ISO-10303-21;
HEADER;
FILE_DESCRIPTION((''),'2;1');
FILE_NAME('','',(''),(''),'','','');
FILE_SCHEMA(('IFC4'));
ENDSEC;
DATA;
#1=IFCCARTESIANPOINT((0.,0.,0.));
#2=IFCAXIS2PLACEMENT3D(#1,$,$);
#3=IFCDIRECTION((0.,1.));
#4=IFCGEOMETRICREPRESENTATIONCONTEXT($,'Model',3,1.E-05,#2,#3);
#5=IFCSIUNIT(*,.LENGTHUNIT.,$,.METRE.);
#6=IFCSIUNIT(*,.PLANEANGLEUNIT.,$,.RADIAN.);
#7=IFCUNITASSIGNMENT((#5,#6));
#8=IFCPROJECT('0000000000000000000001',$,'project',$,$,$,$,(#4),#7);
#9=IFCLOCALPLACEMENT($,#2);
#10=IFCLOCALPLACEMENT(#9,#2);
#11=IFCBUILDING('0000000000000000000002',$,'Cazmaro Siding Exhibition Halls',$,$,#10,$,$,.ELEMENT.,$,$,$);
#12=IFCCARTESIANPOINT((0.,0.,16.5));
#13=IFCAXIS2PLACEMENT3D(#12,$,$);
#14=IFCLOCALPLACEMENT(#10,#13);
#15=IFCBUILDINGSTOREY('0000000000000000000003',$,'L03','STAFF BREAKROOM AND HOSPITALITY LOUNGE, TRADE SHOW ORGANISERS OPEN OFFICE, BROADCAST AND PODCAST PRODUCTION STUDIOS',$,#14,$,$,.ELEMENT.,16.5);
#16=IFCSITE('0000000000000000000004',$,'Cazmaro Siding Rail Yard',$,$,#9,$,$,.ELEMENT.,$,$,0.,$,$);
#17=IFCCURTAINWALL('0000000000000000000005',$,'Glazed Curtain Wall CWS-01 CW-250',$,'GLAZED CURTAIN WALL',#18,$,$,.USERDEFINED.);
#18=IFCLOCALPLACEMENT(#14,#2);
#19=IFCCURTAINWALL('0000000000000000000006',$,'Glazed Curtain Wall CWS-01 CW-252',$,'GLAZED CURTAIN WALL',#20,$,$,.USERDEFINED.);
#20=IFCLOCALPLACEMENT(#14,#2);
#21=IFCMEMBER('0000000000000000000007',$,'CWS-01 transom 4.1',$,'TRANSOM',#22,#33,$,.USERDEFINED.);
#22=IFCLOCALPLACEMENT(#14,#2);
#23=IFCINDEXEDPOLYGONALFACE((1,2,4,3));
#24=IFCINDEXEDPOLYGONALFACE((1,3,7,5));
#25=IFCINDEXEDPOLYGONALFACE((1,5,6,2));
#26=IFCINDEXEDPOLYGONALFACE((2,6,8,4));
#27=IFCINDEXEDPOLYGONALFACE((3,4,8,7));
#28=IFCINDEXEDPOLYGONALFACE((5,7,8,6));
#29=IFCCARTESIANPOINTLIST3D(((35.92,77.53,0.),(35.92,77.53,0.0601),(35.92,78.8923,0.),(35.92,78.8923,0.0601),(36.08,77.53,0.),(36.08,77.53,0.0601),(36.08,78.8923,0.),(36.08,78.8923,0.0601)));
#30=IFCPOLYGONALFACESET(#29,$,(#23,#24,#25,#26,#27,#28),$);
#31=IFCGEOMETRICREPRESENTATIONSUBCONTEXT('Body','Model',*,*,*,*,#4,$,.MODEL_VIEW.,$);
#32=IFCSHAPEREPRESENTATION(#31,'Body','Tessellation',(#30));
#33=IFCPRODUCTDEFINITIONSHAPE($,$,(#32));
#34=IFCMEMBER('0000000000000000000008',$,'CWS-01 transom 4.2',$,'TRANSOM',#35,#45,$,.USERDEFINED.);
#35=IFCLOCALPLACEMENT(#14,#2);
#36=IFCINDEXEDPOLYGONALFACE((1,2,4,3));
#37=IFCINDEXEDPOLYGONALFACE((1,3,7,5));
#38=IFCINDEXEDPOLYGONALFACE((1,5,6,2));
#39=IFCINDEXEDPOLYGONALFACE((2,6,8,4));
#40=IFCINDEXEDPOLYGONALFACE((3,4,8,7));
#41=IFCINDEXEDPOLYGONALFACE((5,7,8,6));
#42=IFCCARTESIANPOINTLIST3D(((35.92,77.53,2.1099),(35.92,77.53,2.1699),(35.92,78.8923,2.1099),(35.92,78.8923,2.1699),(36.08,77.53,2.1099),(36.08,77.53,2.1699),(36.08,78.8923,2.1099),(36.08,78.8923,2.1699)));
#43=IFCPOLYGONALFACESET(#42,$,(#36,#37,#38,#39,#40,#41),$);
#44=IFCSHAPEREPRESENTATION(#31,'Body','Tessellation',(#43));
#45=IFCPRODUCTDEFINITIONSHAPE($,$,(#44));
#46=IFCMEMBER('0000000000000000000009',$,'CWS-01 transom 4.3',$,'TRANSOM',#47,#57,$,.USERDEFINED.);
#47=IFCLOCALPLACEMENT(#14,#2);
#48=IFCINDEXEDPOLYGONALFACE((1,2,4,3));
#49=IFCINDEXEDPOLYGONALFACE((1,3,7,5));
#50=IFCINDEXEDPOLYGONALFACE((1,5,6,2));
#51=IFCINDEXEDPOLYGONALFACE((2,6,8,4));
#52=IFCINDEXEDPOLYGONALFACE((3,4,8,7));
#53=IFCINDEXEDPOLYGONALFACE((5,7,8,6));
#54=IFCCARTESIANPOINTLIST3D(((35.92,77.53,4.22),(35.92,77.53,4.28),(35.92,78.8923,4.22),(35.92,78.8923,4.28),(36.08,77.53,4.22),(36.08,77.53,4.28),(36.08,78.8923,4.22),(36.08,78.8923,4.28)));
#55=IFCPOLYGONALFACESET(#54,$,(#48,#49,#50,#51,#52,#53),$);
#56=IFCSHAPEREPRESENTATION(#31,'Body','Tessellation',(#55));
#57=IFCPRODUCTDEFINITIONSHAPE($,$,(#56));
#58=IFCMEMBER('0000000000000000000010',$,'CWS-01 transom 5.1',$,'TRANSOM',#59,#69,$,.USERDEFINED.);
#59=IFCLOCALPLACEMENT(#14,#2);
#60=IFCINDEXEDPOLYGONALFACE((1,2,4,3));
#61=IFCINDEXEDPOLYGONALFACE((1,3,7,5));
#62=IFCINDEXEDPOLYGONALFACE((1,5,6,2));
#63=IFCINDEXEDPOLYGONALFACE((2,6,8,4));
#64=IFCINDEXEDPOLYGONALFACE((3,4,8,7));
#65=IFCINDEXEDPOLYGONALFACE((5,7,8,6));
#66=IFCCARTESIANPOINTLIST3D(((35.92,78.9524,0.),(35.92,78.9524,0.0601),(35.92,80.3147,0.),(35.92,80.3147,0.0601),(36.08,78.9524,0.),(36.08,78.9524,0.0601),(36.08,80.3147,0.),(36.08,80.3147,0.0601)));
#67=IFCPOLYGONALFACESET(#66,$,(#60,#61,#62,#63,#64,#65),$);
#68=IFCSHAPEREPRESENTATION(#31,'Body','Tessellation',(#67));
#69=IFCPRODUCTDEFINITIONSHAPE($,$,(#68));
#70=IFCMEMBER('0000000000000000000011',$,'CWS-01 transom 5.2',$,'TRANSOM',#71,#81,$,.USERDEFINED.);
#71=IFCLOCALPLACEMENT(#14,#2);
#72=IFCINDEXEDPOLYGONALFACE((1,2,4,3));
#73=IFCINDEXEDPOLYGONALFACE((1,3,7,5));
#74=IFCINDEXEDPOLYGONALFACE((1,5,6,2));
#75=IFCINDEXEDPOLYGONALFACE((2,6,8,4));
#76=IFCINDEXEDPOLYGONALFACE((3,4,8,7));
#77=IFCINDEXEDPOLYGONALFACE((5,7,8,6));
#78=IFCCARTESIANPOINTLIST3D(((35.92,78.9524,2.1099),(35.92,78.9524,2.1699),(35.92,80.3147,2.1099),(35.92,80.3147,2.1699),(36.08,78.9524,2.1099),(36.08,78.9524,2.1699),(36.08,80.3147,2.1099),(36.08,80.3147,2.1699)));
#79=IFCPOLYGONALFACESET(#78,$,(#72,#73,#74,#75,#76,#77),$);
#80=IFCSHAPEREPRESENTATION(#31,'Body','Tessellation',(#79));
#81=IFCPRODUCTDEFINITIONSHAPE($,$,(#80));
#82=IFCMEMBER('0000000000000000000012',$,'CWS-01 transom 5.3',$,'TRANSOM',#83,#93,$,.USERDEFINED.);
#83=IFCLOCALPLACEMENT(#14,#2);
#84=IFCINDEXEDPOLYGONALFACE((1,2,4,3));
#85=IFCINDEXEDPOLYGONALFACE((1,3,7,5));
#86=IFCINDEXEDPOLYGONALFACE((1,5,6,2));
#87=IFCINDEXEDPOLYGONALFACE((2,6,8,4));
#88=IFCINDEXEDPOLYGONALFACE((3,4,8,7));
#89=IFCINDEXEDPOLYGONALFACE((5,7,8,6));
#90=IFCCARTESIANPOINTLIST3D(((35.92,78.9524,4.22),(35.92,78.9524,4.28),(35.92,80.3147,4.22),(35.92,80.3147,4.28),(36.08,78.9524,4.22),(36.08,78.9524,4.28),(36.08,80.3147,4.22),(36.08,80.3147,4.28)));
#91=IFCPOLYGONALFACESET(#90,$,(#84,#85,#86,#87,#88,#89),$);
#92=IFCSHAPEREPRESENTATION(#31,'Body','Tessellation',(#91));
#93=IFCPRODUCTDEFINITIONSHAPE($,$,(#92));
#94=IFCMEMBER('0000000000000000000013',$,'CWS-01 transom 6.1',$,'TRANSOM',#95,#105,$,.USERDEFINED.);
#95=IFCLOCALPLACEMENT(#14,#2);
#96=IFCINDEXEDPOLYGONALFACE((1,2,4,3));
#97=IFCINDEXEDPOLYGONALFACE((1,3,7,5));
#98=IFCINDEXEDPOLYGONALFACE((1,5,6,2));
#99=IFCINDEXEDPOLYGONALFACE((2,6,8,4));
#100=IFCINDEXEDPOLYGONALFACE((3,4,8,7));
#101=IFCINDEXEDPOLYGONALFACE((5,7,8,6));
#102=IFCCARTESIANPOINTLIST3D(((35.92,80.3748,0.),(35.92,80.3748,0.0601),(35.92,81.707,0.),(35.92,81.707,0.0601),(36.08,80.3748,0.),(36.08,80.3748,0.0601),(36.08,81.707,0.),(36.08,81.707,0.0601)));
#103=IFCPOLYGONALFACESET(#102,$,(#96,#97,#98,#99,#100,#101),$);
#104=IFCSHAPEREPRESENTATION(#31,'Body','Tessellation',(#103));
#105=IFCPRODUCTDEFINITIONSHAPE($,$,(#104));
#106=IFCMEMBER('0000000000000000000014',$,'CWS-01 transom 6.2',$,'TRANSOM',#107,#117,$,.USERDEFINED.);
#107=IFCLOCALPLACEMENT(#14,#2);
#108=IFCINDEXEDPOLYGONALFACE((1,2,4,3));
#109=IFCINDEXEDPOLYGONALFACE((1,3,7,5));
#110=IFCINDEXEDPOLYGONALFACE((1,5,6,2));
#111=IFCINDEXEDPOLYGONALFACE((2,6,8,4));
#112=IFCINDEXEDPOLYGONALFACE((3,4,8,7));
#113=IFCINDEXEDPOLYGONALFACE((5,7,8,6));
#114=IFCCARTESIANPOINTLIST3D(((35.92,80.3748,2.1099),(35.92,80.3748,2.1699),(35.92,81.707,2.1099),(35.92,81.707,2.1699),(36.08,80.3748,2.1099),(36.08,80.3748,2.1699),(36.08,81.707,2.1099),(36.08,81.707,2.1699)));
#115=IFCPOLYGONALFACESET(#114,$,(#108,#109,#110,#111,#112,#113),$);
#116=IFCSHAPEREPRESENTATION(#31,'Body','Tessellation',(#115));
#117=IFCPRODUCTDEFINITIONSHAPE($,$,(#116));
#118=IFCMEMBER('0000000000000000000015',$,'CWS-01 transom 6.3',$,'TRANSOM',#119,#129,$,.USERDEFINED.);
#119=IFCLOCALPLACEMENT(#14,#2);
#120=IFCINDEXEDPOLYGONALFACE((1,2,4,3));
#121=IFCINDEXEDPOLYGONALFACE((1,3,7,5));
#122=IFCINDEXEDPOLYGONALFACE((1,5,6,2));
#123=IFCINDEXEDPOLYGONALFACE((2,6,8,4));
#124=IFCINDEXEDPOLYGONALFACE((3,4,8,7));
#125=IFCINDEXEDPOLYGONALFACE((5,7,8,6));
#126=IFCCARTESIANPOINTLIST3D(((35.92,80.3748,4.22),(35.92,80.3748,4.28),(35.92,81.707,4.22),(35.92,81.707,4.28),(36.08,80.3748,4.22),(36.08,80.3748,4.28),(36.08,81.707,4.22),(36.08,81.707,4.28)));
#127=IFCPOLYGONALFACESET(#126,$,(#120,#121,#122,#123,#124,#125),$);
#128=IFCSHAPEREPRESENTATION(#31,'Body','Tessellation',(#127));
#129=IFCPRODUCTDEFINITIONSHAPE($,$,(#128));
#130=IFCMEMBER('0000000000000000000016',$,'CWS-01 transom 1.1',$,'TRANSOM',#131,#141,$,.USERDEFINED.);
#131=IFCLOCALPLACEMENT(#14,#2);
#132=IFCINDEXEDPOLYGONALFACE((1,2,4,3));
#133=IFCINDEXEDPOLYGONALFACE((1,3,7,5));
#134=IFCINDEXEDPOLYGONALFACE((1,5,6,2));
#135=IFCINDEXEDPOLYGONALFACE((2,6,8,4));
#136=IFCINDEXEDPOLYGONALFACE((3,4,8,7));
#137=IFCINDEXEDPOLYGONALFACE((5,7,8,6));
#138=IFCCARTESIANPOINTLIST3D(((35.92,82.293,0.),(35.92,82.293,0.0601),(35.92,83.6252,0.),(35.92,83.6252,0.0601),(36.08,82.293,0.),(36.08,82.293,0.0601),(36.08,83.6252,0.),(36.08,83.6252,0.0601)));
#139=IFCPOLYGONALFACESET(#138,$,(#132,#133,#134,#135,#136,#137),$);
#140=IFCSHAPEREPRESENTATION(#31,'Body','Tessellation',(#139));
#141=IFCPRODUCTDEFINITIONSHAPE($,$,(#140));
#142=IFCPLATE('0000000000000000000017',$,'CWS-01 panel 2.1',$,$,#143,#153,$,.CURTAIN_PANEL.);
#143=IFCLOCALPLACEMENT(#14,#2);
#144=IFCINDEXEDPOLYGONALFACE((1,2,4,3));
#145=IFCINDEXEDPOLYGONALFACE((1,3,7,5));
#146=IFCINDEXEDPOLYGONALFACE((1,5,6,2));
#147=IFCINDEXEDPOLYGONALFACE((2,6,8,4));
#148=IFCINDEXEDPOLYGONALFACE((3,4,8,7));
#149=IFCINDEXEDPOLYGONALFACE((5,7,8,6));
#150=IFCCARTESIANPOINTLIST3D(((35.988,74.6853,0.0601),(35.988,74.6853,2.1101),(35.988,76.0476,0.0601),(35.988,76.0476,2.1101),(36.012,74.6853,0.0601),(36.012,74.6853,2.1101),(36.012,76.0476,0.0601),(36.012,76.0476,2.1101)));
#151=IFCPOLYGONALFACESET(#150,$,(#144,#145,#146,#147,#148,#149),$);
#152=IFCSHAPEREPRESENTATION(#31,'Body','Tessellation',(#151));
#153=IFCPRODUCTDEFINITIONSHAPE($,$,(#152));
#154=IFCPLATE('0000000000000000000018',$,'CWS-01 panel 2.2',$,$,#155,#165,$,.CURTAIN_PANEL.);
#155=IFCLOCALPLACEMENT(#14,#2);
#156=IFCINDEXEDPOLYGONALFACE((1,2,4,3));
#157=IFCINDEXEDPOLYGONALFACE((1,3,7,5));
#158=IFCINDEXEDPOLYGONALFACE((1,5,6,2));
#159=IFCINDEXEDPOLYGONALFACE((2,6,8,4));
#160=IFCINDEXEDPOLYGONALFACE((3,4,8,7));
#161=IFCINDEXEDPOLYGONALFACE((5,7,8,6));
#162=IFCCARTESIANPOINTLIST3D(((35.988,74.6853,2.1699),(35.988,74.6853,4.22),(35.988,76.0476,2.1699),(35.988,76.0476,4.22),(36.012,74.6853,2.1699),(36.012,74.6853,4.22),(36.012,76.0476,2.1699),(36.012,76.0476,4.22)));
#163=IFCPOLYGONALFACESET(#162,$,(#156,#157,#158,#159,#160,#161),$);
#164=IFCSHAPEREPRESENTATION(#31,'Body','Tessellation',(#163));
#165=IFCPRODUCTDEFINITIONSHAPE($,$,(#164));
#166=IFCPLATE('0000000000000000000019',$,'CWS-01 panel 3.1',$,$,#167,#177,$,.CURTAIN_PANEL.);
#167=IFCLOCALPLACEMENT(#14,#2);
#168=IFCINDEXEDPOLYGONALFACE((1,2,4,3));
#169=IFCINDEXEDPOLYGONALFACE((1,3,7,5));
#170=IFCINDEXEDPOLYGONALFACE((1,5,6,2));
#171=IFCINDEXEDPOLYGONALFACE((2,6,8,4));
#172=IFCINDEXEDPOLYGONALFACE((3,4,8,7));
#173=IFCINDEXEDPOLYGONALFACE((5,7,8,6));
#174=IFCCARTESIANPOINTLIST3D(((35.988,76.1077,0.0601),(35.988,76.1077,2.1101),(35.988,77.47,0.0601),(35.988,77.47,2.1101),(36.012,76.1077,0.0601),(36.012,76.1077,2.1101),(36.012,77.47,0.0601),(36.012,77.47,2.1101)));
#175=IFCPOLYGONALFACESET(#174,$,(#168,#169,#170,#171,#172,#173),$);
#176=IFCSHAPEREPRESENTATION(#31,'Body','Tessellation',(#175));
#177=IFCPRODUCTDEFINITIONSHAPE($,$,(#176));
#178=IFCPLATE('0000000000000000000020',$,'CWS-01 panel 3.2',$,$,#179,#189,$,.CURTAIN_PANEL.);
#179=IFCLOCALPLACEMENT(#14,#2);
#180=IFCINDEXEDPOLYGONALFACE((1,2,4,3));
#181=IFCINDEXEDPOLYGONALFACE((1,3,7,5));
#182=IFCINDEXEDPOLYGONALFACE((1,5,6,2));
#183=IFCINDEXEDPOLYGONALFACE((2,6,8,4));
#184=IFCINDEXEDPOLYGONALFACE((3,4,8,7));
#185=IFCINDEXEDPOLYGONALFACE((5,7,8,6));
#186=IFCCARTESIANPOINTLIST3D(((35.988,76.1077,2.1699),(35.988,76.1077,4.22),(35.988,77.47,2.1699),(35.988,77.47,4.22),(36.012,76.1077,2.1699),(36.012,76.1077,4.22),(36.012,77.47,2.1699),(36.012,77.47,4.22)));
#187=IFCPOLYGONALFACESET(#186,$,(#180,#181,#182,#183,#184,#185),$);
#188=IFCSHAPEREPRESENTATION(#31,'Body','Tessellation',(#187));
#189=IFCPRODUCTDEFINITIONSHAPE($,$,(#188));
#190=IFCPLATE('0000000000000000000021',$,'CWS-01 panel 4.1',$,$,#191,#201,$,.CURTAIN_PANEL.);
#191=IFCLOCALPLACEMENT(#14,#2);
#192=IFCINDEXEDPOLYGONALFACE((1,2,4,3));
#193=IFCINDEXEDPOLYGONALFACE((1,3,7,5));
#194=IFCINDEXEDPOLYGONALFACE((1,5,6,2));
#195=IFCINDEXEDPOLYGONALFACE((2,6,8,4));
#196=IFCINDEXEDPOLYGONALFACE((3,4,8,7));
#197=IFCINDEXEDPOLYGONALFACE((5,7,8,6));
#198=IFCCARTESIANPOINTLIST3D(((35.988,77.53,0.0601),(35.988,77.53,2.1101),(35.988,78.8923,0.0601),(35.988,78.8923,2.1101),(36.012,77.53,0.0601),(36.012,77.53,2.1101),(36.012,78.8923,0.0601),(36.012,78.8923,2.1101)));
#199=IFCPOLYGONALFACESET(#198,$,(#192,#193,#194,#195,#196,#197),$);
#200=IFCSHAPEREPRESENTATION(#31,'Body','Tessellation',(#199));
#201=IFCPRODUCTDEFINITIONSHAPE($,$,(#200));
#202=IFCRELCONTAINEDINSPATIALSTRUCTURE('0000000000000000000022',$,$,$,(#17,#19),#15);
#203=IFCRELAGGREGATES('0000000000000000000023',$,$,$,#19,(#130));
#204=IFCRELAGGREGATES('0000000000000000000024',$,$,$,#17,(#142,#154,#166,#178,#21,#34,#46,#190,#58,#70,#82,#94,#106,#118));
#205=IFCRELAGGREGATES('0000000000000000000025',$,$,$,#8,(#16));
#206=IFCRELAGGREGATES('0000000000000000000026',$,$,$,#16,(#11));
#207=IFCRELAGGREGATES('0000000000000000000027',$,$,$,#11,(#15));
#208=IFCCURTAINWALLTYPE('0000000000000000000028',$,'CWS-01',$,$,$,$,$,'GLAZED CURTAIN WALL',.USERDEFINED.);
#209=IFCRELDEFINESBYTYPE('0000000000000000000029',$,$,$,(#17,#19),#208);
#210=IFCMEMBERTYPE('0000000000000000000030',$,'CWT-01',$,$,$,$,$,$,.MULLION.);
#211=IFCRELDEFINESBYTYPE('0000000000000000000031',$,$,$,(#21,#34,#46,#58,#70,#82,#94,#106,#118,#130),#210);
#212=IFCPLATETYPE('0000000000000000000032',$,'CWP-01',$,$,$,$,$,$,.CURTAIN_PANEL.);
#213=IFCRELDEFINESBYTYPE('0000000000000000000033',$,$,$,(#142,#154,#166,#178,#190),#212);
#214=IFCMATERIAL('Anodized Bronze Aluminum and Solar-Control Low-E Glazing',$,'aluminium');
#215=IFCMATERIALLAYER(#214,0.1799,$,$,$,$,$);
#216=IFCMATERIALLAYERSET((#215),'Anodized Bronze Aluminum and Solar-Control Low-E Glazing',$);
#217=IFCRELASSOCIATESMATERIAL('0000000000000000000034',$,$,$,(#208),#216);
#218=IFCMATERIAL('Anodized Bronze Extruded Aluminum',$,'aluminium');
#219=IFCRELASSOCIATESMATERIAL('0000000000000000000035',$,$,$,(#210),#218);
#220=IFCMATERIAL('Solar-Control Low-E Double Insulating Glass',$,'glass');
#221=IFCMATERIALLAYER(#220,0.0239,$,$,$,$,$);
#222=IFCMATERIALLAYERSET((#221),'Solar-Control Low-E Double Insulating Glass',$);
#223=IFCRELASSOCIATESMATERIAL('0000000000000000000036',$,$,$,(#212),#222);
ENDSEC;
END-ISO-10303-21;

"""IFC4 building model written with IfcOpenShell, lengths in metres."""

from ifc_helpers import new_model, si_unit, direction, frame, origin, origin_2d, place, context, subcontext, project, spatial, rectangle, extrude, material, layer, layer_set, material_profile, profile_set, type_object, element, aggregate, save


model = new_model("IFC4")

# Units and contexts
model_context = context("Model", 3, precision=1e-05, world=origin(), true_north=direction((0.0, 1.0)))
body_context = subcontext(model_context, "Body", "Model", "MODEL_VIEW")
ifc_project = project(units=[si_unit("LENGTHUNIT", "METRE"), si_unit("PLANEANGLEUNIT", "RADIAN")], contexts=[model_context])

# Site, building, storey
site_placement = place(None, origin())
site = spatial("IfcSite", under=ifc_project, at=site_placement, Name="Cazmaro Siding Rail Yard", CompositionType="ELEMENT", RefElevation=0.0)
building_placement = place(site_placement, origin())
building = spatial("IfcBuilding", under=site, at=building_placement, Name="Cazmaro Siding Exhibition Halls", CompositionType="ELEMENT")
storey_placement = place(building_placement, frame((0.0, 0.0, 16.5)))
storey = spatial("IfcBuildingStorey", under=building, at=storey_placement, Name="L03", Description="STAFF BREAKROOM AND HOSPITALITY LOUNGE, TRADE SHOW ORGANISERS OPEN OFFICE, BROADCAST AND PODCAST PRODUCTION STUDIOS", CompositionType="ELEMENT", Elevation=16.5)

# Curtain wall
ifc_material_1 = material(Name="Anodized Bronze Aluminum and Solar-Control Low-E Glazing", Category="aluminium")
ifc_layer_1 = layer(ifc_material_1, 0.1799)
ifc_layer_set_1 = layer_set([ifc_layer_1], Name="Anodized Bronze Aluminum and Solar-Control Low-E Glazing")
curtain_wall_type = type_object("IfcCurtainWallType", Name="CWS-01", ElementType="GLAZED CURTAIN WALL", PredefinedType="USERDEFINED", material=ifc_layer_set_1)
curtain_wall_1_placement = place(storey_placement, origin())
curtain_wall_1 = element("IfcCurtainWall", 1, at=curtain_wall_1_placement, inside=storey, type_object=curtain_wall_type, Name="Glazed Curtain Wall CWS-01 CW-250", ObjectType="GLAZED CURTAIN WALL", PredefinedType="USERDEFINED")

# Curtain wall
curtain_wall_2_placement = place(storey_placement, origin())
curtain_wall_2 = element("IfcCurtainWall", 2, at=curtain_wall_2_placement, inside=storey, type_object=curtain_wall_type, Name="Glazed Curtain Wall CWS-01 CW-252", ObjectType="GLAZED CURTAIN WALL", PredefinedType="USERDEFINED")

# Members
ifc_material_2 = material(Name="Anodized Bronze Extruded Aluminum", Category="aluminium")
ifc_material_profile_1 = material_profile(ifc_material_2, rectangle(XDim=0.1599, YDim=0.0601, at=origin_2d()), Name="CWT-01")
ifc_profile_set_1 = profile_set([ifc_material_profile_1], Name="Anodized Bronze Extruded Aluminum")
member_type_1 = type_object("IfcMemberType", Name="CWT-01", PredefinedType="MULLION", material=ifc_profile_set_1)
member_1_placement = place(storey_placement, frame((36.0, 77.53, 0.03), z_axis=(0.0, 1.0, 0.0), x_axis=(-1.0, 0.0, 0.0)))
member_1 = element("IfcMember", 3, at=member_1_placement, type_object=member_type_1, Name="CWS-01 transom 4.1", ObjectType="TRANSOM", PredefinedType="USERDEFINED", context=body_context, shape_type="SweptSolid", body=[
    extrude(rectangle(XDim=0.1599, YDim=0.0601, at=origin_2d()), origin(), (0.0, 0.0, 1.0), 1.3623),
])
member_2_placement = place(storey_placement, frame((36.0, 77.53, 2.1399), z_axis=(0.0, 1.0, 0.0), x_axis=(-1.0, 0.0, 0.0)))
member_2 = element("IfcMember", 4, at=member_2_placement, type_object=member_type_1, Name="CWS-01 transom 4.2", ObjectType="TRANSOM", PredefinedType="USERDEFINED", context=body_context, shape_type="SweptSolid", body=[
    extrude(rectangle(XDim=0.1599, YDim=0.0601, at=origin_2d()), origin(), (0.0, 0.0, 1.0), 1.3623),
])
member_3_placement = place(storey_placement, frame((36.0, 77.53, 4.25), z_axis=(0.0, 1.0, 0.0), x_axis=(-1.0, 0.0, 0.0)))
member_3 = element("IfcMember", 5, at=member_3_placement, type_object=member_type_1, Name="CWS-01 transom 4.3", ObjectType="TRANSOM", PredefinedType="USERDEFINED", context=body_context, shape_type="SweptSolid", body=[
    extrude(rectangle(XDim=0.1599, YDim=0.0601, at=origin_2d()), origin(), (0.0, 0.0, 1.0), 1.3623),
])
member_4_placement = place(storey_placement, frame((36.0, 78.9524, 0.03), z_axis=(0.0, 1.0, 0.0), x_axis=(-1.0, 0.0, 0.0)))
member_4 = element("IfcMember", 6, at=member_4_placement, type_object=member_type_1, Name="CWS-01 transom 5.1", ObjectType="TRANSOM", PredefinedType="USERDEFINED", context=body_context, shape_type="SweptSolid", body=[
    extrude(rectangle(XDim=0.1599, YDim=0.0601, at=origin_2d()), origin(), (0.0, 0.0, 1.0), 1.3623),
])
member_5_placement = place(storey_placement, frame((36.0, 78.9524, 2.1399), z_axis=(0.0, 1.0, 0.0), x_axis=(-1.0, 0.0, 0.0)))
member_5 = element("IfcMember", 7, at=member_5_placement, type_object=member_type_1, Name="CWS-01 transom 5.2", ObjectType="TRANSOM", PredefinedType="USERDEFINED", context=body_context, shape_type="SweptSolid", body=[
    extrude(rectangle(XDim=0.1599, YDim=0.0601, at=origin_2d()), origin(), (0.0, 0.0, 1.0), 1.3623),
])
member_6_placement = place(storey_placement, frame((36.0, 78.9524, 4.25), z_axis=(0.0, 1.0, 0.0), x_axis=(-1.0, 0.0, 0.0)))
member_6 = element("IfcMember", 8, at=member_6_placement, type_object=member_type_1, Name="CWS-01 transom 5.3", ObjectType="TRANSOM", PredefinedType="USERDEFINED", context=body_context, shape_type="SweptSolid", body=[
    extrude(rectangle(XDim=0.1599, YDim=0.0601, at=origin_2d()), origin(), (0.0, 0.0, 1.0), 1.3623),
])
member_7_placement = place(storey_placement, frame((36.0, 80.3748, 0.03), z_axis=(0.0, 1.0, 0.0), x_axis=(-1.0, 0.0, 0.0)))
member_7 = element("IfcMember", 9, at=member_7_placement, type_object=member_type_1, Name="CWS-01 transom 6.1", ObjectType="TRANSOM", PredefinedType="USERDEFINED", context=body_context, shape_type="SweptSolid", body=[
    extrude(rectangle(XDim=0.1599, YDim=0.0601, at=origin_2d()), origin(), (0.0, 0.0, 1.0), 1.3323),
])
member_8_placement = place(storey_placement, frame((36.0, 80.3748, 2.1399), z_axis=(0.0, 1.0, 0.0), x_axis=(-1.0, 0.0, 0.0)))
member_8 = element("IfcMember", 10, at=member_8_placement, type_object=member_type_1, Name="CWS-01 transom 6.2", ObjectType="TRANSOM", PredefinedType="USERDEFINED", context=body_context, shape_type="SweptSolid", body=[
    extrude(rectangle(XDim=0.1599, YDim=0.0601, at=origin_2d()), origin(), (0.0, 0.0, 1.0), 1.3323),
])
member_9_placement = place(storey_placement, frame((36.0, 80.3748, 4.25), z_axis=(0.0, 1.0, 0.0), x_axis=(-1.0, 0.0, 0.0)))
member_9 = element("IfcMember", 11, at=member_9_placement, type_object=member_type_1, Name="CWS-01 transom 6.3", ObjectType="TRANSOM", PredefinedType="USERDEFINED", context=body_context, shape_type="SweptSolid", body=[
    extrude(rectangle(XDim=0.1599, YDim=0.0601, at=origin_2d()), origin(), (0.0, 0.0, 1.0), 1.3323),
])
member_10_placement = place(storey_placement, frame((36.0, 82.293, 0.03), z_axis=(0.0, 1.0, 0.0), x_axis=(-1.0, 0.0, 0.0)))
member_10 = element("IfcMember", 12, at=member_10_placement, type_object=member_type_1, Name="CWS-01 transom 1.1", ObjectType="TRANSOM", PredefinedType="USERDEFINED", context=body_context, shape_type="SweptSolid", body=[
    extrude(rectangle(XDim=0.1599, YDim=0.0601, at=origin_2d()), origin(), (0.0, 0.0, 1.0), 1.3323),
])
aggregate(curtain_wall_2, [member_10])

# Plates
ifc_material_3 = material(Name="Solar-Control Low-E Double Insulating Glass", Category="glass")
ifc_layer_2 = layer(ifc_material_3, 0.0239)
ifc_layer_set_2 = layer_set([ifc_layer_2], Name="Solar-Control Low-E Double Insulating Glass")
plate_type = type_object("IfcPlateType", Name="CWP-01", PredefinedType="CURTAIN_PANEL", material=ifc_layer_set_2)
plate_1_placement = place(storey_placement, frame((36.0, 75.3665, 0.0601), z_axis=(0.0, 0.0, 1.0), x_axis=(0.0, 1.0, 0.0)))
plate_1 = element("IfcPlate", 13, at=plate_1_placement, type_object=plate_type, Name="CWS-01 panel 2.1", PredefinedType="CURTAIN_PANEL", context=body_context, shape_type="SweptSolid", body=[
    extrude(rectangle(XDim=1.3623, YDim=0.0239, at=origin_2d()), origin(), (0.0, 0.0, 1.0), 2.05),
])
plate_2_placement = place(storey_placement, frame((36.0, 75.3665, 2.1699), z_axis=(0.0, 0.0, 1.0), x_axis=(0.0, 1.0, 0.0)))
plate_2 = element("IfcPlate", 14, at=plate_2_placement, type_object=plate_type, Name="CWS-01 panel 2.2", PredefinedType="CURTAIN_PANEL", context=body_context, shape_type="SweptSolid", body=[
    extrude(rectangle(XDim=1.3623, YDim=0.0239, at=origin_2d()), origin(), (0.0, 0.0, 1.0), 2.05),
])
plate_3_placement = place(storey_placement, frame((36.0, 76.7888, 0.0601), z_axis=(0.0, 0.0, 1.0), x_axis=(0.0, 1.0, 0.0)))
plate_3 = element("IfcPlate", 15, at=plate_3_placement, type_object=plate_type, Name="CWS-01 panel 3.1", PredefinedType="CURTAIN_PANEL", context=body_context, shape_type="SweptSolid", body=[
    extrude(rectangle(XDim=1.3623, YDim=0.0239, at=origin_2d()), origin(), (0.0, 0.0, 1.0), 2.05),
])
plate_4_placement = place(storey_placement, frame((36.0, 76.7888, 2.1699), z_axis=(0.0, 0.0, 1.0), x_axis=(0.0, 1.0, 0.0)))
plate_4 = element("IfcPlate", 16, at=plate_4_placement, type_object=plate_type, Name="CWS-01 panel 3.2", PredefinedType="CURTAIN_PANEL", context=body_context, shape_type="SweptSolid", body=[
    extrude(rectangle(XDim=1.3623, YDim=0.0239, at=origin_2d()), origin(), (0.0, 0.0, 1.0), 2.05),
])
plate_5_placement = place(storey_placement, frame((36.0, 78.2112, 0.0601), z_axis=(0.0, 0.0, 1.0), x_axis=(0.0, 1.0, 0.0)))
plate_5 = element("IfcPlate", 17, at=plate_5_placement, type_object=plate_type, Name="CWS-01 panel 4.1", PredefinedType="CURTAIN_PANEL", context=body_context, shape_type="SweptSolid", body=[
    extrude(rectangle(XDim=1.3623, YDim=0.0239, at=origin_2d()), origin(), (0.0, 0.0, 1.0), 2.05),
])
aggregate(curtain_wall_1, [plate_1, plate_2, plate_3, plate_4, member_1, member_2, member_3, plate_5, member_4, member_5, member_6, member_7, member_8, member_9])

save(model, "model.ifc")
